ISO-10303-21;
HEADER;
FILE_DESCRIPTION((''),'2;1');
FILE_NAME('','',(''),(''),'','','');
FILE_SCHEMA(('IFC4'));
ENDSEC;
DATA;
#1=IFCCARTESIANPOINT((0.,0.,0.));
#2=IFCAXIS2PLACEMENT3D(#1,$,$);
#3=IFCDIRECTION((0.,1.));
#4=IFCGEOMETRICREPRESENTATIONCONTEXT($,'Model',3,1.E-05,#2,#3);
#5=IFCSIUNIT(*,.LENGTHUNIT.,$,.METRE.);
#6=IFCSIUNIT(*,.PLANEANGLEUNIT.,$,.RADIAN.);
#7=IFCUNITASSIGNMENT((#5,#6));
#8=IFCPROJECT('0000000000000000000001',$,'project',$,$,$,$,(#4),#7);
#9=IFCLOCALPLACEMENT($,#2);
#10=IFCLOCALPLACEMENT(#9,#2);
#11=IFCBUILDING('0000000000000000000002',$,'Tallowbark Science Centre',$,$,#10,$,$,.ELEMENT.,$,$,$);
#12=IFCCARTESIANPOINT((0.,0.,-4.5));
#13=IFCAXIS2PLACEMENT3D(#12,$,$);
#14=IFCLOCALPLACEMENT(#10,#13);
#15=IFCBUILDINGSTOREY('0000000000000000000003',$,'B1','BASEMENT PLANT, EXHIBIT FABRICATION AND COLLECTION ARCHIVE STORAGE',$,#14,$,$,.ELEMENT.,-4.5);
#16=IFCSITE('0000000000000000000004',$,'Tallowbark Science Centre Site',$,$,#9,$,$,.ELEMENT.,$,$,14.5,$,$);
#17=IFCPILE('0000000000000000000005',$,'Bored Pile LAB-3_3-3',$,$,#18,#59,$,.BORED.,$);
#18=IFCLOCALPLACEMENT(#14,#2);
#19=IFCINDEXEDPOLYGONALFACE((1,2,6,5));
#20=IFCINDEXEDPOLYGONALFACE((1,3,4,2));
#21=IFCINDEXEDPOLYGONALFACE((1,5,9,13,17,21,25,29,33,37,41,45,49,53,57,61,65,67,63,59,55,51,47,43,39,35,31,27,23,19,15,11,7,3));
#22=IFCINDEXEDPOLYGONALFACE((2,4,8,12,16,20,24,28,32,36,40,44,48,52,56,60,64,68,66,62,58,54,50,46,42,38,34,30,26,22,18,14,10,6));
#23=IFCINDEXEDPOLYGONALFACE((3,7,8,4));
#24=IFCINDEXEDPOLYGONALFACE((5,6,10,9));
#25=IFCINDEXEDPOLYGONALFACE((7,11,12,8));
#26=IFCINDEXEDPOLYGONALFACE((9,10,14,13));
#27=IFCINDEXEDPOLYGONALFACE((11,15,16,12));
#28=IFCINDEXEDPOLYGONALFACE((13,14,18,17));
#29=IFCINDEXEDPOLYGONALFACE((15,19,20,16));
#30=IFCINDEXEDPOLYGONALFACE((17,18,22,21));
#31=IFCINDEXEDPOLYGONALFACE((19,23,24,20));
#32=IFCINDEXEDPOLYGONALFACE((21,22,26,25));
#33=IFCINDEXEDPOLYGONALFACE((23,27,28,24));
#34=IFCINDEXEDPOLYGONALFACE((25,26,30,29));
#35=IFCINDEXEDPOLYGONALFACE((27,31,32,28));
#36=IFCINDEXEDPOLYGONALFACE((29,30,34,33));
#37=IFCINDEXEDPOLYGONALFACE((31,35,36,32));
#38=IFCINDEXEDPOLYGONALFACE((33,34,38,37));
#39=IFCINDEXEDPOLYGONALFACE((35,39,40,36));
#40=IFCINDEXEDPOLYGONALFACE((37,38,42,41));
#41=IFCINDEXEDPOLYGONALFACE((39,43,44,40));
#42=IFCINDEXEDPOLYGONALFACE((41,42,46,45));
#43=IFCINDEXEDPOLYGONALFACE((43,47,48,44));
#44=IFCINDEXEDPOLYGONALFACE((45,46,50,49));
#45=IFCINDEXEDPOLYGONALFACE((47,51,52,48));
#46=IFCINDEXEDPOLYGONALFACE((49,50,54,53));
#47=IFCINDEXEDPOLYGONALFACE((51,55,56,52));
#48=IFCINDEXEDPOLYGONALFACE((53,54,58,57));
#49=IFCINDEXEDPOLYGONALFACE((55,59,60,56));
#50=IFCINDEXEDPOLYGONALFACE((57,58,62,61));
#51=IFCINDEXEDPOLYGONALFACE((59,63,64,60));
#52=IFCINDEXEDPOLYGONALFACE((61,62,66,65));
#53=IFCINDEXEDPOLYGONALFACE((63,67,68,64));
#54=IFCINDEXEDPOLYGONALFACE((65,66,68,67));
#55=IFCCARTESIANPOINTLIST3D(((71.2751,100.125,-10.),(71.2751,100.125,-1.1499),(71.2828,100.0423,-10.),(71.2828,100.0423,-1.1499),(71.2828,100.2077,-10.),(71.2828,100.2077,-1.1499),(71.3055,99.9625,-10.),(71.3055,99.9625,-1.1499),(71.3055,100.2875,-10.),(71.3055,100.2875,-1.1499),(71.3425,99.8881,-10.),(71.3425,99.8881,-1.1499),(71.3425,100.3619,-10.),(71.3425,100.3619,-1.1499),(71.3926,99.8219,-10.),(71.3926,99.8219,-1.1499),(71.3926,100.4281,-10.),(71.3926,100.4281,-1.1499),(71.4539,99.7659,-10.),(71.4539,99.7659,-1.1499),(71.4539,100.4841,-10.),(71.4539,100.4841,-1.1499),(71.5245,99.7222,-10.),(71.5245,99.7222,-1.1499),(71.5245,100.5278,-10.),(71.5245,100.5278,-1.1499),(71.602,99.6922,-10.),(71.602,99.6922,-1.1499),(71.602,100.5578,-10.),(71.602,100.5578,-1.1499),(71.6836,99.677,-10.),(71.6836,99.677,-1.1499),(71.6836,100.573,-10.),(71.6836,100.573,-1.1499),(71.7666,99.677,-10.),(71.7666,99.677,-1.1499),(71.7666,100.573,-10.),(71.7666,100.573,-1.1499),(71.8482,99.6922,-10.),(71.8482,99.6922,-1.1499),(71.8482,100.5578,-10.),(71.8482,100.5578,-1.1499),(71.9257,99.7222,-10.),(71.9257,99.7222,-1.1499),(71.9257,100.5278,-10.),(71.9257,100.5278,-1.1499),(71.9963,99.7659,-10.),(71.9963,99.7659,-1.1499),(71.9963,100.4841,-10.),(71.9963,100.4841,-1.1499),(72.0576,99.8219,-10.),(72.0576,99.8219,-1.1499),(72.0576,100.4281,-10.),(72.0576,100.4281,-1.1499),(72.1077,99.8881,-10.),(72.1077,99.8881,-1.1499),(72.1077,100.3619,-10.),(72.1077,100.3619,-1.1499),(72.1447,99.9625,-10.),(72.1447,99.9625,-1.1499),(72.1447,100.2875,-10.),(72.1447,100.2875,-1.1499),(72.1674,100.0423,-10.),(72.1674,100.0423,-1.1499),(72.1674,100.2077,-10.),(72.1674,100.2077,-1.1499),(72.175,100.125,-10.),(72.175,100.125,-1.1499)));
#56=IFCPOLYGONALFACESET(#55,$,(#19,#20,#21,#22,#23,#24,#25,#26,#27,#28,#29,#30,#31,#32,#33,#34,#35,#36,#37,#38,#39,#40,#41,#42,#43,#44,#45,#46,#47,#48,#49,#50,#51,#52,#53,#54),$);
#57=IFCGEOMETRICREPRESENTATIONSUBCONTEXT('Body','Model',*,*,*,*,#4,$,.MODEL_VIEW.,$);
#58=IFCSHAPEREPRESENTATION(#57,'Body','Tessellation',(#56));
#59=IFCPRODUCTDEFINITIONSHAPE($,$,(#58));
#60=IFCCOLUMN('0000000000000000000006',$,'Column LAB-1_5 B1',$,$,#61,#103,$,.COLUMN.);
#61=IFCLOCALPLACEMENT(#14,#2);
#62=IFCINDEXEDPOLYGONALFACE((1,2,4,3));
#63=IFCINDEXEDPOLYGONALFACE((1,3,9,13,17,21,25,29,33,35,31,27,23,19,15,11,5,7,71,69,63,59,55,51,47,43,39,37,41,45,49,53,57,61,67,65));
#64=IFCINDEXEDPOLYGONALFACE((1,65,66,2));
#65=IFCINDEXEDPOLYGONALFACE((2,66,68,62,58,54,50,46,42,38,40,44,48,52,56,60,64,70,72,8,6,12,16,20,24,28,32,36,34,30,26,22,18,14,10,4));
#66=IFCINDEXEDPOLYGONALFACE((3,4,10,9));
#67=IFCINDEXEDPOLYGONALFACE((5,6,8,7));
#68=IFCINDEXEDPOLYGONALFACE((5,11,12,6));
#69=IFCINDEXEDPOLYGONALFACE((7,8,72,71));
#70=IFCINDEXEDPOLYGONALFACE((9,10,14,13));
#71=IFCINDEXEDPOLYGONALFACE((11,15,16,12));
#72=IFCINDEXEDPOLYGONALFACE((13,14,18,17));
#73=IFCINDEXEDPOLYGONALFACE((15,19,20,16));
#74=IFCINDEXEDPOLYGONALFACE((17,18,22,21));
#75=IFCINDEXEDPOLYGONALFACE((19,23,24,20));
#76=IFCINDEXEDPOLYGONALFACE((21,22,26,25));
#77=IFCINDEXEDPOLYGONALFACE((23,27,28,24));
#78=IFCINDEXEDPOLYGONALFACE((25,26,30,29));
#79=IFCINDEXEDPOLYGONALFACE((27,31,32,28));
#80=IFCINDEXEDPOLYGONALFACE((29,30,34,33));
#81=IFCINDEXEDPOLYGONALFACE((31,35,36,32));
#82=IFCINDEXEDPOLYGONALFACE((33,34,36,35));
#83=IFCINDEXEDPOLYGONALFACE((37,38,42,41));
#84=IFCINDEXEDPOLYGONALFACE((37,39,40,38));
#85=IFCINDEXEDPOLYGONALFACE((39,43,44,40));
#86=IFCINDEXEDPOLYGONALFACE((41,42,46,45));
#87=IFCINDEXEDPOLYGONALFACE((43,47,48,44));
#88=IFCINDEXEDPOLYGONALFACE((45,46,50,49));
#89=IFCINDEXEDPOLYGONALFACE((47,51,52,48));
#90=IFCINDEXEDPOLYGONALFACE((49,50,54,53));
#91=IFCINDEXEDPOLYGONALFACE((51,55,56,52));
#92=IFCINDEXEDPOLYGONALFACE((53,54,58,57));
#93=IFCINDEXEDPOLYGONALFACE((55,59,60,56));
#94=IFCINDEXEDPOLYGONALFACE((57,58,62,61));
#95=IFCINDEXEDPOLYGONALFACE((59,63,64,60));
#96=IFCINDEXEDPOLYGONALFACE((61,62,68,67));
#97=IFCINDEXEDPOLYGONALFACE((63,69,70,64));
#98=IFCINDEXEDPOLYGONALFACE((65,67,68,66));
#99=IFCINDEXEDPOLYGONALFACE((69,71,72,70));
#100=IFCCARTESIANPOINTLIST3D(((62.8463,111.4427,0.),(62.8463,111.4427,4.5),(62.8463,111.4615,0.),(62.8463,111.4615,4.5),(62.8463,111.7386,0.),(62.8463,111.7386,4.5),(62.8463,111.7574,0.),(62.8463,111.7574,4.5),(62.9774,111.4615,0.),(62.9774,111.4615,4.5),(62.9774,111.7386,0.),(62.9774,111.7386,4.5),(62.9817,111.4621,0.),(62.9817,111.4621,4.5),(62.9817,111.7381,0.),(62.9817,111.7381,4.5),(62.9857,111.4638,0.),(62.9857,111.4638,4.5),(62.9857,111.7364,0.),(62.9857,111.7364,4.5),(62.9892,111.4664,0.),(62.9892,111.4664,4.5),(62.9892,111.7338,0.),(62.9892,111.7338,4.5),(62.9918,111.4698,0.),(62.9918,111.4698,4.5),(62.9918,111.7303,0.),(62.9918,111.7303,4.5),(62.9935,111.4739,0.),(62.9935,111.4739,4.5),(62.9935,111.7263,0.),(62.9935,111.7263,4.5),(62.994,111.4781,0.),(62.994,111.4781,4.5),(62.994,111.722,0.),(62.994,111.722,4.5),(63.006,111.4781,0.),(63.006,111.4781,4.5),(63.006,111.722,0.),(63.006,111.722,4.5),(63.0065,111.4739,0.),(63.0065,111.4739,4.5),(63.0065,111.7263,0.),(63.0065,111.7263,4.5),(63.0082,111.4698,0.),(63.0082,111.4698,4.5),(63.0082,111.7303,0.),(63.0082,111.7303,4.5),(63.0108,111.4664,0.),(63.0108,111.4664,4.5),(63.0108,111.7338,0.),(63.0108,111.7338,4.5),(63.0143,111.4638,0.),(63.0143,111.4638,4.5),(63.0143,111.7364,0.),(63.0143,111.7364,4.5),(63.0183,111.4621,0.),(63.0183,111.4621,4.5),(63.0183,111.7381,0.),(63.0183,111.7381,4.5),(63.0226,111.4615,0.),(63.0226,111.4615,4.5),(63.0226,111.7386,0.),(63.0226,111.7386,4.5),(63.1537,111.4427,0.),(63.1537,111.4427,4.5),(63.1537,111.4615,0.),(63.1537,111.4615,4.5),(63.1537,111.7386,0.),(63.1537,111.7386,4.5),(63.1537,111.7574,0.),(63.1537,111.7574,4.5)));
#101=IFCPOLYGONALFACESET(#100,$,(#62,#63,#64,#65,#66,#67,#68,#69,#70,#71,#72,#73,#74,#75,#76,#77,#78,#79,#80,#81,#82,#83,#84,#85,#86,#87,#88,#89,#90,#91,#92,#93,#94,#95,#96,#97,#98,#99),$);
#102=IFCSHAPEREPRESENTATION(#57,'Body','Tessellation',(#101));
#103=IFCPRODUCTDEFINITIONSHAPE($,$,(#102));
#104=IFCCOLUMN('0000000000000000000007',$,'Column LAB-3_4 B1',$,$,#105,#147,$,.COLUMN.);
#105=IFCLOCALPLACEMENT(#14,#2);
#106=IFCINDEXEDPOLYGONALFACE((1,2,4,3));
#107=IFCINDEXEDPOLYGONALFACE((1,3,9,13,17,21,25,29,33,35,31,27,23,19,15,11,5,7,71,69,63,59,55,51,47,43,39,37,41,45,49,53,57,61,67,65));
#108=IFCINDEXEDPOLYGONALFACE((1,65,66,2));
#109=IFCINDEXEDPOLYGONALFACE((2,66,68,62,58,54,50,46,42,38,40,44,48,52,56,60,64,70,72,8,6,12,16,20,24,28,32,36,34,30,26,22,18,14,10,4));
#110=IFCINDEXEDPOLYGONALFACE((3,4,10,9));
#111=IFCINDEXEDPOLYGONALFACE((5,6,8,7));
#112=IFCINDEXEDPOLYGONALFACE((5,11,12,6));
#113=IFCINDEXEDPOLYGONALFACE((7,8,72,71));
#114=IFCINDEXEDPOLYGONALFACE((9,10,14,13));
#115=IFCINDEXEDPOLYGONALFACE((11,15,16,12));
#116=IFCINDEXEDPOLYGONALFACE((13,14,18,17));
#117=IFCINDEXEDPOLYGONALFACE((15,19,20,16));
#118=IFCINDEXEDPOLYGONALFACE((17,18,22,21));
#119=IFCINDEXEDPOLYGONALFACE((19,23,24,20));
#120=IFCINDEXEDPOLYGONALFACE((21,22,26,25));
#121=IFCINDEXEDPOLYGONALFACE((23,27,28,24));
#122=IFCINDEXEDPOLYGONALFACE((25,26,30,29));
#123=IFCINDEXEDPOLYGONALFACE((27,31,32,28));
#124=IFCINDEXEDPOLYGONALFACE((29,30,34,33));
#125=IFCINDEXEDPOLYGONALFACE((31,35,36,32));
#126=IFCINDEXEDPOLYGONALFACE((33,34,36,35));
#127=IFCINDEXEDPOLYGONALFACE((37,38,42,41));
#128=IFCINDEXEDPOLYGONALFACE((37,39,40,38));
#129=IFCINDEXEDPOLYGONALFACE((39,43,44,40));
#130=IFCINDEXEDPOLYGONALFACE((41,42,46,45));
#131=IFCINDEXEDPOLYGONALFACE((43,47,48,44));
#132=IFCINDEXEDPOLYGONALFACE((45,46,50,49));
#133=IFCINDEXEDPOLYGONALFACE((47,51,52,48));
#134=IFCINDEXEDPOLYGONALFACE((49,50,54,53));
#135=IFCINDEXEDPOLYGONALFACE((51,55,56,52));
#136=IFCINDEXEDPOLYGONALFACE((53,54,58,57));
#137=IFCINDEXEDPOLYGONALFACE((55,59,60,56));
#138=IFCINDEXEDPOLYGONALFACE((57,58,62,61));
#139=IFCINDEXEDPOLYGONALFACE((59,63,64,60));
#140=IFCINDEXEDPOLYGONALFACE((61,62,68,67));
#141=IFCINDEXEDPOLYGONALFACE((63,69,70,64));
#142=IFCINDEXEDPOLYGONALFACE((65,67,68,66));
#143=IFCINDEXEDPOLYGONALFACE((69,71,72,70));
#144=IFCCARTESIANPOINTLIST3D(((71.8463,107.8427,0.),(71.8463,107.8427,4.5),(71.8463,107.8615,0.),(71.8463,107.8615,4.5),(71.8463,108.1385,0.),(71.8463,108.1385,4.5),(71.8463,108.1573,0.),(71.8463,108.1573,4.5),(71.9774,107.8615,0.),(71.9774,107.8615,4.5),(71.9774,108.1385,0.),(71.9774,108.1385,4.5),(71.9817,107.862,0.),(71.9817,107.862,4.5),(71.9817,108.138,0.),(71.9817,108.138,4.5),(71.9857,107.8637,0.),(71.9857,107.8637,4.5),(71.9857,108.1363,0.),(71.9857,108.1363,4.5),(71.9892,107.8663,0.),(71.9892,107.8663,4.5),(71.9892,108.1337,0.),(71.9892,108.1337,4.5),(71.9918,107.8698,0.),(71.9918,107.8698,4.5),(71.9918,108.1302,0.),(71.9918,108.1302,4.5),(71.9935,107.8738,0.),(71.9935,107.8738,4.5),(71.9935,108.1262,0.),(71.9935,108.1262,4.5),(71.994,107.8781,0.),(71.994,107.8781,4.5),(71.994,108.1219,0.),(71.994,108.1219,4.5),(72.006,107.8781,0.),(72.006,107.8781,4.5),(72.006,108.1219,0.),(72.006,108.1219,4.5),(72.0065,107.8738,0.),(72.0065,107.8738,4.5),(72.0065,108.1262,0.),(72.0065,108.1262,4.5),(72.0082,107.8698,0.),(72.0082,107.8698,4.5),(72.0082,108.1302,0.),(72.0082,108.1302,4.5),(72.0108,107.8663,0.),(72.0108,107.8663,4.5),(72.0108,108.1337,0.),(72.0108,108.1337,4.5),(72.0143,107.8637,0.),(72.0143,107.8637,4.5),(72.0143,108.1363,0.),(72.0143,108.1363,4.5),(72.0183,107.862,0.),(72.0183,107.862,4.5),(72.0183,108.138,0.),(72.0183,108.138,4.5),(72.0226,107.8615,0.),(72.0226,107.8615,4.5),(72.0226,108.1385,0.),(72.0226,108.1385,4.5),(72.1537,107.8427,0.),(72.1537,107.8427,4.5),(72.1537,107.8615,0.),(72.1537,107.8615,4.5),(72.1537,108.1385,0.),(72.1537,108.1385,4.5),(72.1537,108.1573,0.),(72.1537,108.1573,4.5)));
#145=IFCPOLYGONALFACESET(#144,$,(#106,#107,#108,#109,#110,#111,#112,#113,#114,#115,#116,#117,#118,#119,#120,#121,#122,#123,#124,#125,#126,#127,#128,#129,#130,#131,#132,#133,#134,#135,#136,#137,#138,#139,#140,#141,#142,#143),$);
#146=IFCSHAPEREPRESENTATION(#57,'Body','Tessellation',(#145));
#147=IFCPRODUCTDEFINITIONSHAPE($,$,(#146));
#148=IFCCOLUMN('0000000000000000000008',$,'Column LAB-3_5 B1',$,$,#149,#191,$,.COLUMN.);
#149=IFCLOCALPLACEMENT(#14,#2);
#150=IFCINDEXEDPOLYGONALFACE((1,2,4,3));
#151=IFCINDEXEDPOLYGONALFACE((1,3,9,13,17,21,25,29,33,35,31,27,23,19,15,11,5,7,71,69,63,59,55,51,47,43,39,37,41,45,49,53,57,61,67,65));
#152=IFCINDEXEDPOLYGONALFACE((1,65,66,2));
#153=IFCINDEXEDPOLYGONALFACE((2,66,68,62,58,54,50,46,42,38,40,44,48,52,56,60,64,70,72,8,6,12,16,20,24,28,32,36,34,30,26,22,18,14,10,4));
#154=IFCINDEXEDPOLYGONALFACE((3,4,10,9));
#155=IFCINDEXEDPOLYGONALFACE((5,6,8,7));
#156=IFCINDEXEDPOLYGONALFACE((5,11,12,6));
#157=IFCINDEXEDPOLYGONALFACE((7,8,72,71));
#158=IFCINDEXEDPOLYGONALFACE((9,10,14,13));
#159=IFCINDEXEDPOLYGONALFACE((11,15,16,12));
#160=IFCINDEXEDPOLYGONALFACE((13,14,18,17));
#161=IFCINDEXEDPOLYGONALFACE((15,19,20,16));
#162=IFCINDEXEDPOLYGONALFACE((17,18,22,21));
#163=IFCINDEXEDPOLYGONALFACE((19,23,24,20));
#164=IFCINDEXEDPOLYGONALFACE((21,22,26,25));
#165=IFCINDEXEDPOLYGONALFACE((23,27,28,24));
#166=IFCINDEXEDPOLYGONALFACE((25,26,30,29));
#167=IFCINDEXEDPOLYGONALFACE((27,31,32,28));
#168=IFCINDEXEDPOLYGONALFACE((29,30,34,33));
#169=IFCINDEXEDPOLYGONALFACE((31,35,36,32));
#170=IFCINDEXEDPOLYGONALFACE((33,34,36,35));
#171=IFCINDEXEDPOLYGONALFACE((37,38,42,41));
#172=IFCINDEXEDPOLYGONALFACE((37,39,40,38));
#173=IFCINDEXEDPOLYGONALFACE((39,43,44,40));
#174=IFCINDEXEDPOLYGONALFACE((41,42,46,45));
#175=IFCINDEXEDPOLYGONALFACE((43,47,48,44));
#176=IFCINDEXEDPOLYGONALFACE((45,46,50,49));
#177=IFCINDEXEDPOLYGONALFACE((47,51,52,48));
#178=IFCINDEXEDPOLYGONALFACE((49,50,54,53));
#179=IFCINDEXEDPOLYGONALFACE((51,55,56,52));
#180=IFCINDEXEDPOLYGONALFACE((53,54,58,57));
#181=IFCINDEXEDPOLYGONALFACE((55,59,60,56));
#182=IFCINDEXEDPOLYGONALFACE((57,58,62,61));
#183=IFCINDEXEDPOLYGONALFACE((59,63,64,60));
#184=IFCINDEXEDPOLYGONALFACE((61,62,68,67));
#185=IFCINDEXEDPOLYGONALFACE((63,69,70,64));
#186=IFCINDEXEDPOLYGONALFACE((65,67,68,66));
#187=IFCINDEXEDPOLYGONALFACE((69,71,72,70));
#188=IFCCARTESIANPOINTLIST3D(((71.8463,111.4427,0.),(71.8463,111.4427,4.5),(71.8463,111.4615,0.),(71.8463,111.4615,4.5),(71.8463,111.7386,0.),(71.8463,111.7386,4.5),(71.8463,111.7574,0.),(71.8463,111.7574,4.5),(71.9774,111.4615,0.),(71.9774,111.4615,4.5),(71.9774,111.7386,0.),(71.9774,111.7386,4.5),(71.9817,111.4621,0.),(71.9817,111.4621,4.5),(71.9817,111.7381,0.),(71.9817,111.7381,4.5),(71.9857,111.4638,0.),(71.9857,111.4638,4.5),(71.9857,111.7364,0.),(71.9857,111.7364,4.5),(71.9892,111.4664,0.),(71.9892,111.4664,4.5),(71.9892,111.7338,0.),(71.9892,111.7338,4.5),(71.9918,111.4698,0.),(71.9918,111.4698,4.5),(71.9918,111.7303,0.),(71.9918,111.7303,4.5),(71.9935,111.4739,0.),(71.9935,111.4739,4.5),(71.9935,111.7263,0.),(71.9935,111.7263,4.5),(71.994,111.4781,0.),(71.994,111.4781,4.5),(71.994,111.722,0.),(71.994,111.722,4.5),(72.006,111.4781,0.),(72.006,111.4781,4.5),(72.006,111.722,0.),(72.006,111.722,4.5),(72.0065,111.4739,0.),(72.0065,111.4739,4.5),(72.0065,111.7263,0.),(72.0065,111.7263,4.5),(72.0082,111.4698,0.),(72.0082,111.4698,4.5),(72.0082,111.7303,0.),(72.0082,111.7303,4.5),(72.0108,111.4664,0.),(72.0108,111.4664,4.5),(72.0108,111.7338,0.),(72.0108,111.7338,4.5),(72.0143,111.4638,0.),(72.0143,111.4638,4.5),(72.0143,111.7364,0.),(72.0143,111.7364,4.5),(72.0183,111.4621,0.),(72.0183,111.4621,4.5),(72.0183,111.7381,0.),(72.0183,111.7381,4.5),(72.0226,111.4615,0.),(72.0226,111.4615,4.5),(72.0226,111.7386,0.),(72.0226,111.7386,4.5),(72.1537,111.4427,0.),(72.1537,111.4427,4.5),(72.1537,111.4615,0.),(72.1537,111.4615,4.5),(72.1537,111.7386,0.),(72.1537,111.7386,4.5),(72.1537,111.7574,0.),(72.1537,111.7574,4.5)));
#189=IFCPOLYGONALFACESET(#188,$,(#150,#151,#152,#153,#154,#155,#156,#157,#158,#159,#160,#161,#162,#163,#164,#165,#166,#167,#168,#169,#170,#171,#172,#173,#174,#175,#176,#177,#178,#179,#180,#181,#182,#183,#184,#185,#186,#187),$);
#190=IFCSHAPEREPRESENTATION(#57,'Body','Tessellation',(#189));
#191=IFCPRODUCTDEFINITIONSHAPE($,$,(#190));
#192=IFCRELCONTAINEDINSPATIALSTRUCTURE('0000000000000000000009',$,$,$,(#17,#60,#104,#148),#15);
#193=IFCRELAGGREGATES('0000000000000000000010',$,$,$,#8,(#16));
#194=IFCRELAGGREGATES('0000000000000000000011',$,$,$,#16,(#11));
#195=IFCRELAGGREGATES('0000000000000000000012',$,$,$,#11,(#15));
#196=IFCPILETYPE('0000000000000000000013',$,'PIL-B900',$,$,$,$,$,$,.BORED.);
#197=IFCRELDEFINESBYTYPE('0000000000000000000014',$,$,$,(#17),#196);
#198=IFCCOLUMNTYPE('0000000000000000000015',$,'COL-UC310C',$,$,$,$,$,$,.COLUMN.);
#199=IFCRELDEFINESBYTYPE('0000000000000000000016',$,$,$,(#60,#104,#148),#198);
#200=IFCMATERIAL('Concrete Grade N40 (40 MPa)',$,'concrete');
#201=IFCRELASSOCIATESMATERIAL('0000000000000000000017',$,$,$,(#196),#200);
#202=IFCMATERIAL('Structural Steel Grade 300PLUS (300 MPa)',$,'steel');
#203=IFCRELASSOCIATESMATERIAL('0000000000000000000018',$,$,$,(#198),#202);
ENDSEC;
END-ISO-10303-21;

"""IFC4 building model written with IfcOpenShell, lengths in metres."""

from ifc_helpers import new_model, si_unit, direction, frame, origin, origin_2d, place, context, subcontext, project, spatial, circle, i_section, extrude, material, material_profile, profile_set, type_object, element, save


model = new_model("IFC4")

# Units and contexts
model_context = context("Model", 3, precision=1e-05, world=origin(), true_north=direction((0.0, 1.0)))
body_context = subcontext(model_context, "Body", "Model", "MODEL_VIEW")
ifc_project = project(units=[si_unit("LENGTHUNIT", "METRE"), si_unit("PLANEANGLEUNIT", "RADIAN")], contexts=[model_context])

# Site, building, storey
site_placement = place(None, origin())
site = spatial("IfcSite", under=ifc_project, at=site_placement, Name="Tallowbark Science Centre Site", CompositionType="ELEMENT", RefElevation=14.5)
building_placement = place(site_placement, origin())
building = spatial("IfcBuilding", under=site, at=building_placement, Name="Tallowbark Science Centre", CompositionType="ELEMENT")
storey_placement = place(building_placement, frame((0.0, 0.0, -4.5)))
storey = spatial("IfcBuildingStorey", under=building, at=storey_placement, Name="B1", Description="BASEMENT PLANT, EXHIBIT FABRICATION AND COLLECTION ARCHIVE STORAGE", CompositionType="ELEMENT", Elevation=-4.5)

# Shared definitions
ifc_material_1 = material(Name="Concrete Grade N40 (40 MPa)", Category="concrete")

# Pile
ifc_material_profile_1 = material_profile(ifc_material_1, circle(Radius=0.45, at=origin_2d()), Name="PILE900")
ifc_profile_set_1 = profile_set([ifc_material_profile_1], Name="Concrete Grade N40 (40 MPa)")
pile_type_1 = type_object("IfcPileType", Name="PIL-B900", PredefinedType="BORED", material=ifc_profile_set_1)
for number, where, z_axis, x_axis, name in (
    (1, (71.7251, 100.125, -1.1499), (0.0, 0.0, -1.0), (1.0, 0.0, 0.0), "Bored Pile LAB-3_3-3"),
):
    element("IfcPile", number, at=place(storey_placement, frame(where, z_axis=z_axis, x_axis=x_axis)), inside=storey, type_object=pile_type_1, Name=name, PredefinedType="BORED", context=body_context, shape_type="SweptSolid", body=[
        extrude(circle(Radius=0.45, at=origin_2d()), origin(), (0.0, 0.0, 1.0), 8.8501),
    ])

# Columns
ifc_material_2 = material(Name="Structural Steel Grade 300PLUS (300 MPa)", Category="steel")
ifc_material_profile_2 = material_profile(ifc_material_2, i_section(OverallWidth=0.3074, OverallDepth=0.3147, WebThickness=0.012, FlangeThickness=0.0188, FilletRadius=0.0166, at=origin_2d()), Name="310UC118")
ifc_profile_set_2 = profile_set([ifc_material_profile_2], Name="Structural Steel Grade 300PLUS (300 MPa)")
column_type_1 = type_object("IfcColumnType", Name="COL-UC310C", PredefinedType="COLUMN", material=ifc_profile_set_2)
for number, where, z_axis, x_axis, name in (
    (2, (63.0, 111.6001, 0.0), (0.0, 0.0, 1.0), (1.0, 0.0, 0.0), "Column LAB-1_5 B1"),
    (3, (72.0, 108.0, 0.0), (0.0, 0.0, 1.0), (1.0, 0.0, 0.0), "Column LAB-3_4 B1"),
    (4, (72.0, 111.6001, 0.0), (0.0, 0.0, 1.0), (1.0, 0.0, 0.0), "Column LAB-3_5 B1"),
):
    element("IfcColumn", number, at=place(storey_placement, frame(where, z_axis=z_axis, x_axis=x_axis)), inside=storey, type_object=column_type_1, Name=name, PredefinedType="COLUMN", context=body_context, shape_type="SweptSolid", body=[
        extrude(i_section(OverallWidth=0.3074, OverallDepth=0.3147, WebThickness=0.012, FlangeThickness=0.0188, FilletRadius=0.0166, at=origin_2d()), origin(), (0.0, 0.0, 1.0), 4.5),
    ])

save(model, "model.ifc")
